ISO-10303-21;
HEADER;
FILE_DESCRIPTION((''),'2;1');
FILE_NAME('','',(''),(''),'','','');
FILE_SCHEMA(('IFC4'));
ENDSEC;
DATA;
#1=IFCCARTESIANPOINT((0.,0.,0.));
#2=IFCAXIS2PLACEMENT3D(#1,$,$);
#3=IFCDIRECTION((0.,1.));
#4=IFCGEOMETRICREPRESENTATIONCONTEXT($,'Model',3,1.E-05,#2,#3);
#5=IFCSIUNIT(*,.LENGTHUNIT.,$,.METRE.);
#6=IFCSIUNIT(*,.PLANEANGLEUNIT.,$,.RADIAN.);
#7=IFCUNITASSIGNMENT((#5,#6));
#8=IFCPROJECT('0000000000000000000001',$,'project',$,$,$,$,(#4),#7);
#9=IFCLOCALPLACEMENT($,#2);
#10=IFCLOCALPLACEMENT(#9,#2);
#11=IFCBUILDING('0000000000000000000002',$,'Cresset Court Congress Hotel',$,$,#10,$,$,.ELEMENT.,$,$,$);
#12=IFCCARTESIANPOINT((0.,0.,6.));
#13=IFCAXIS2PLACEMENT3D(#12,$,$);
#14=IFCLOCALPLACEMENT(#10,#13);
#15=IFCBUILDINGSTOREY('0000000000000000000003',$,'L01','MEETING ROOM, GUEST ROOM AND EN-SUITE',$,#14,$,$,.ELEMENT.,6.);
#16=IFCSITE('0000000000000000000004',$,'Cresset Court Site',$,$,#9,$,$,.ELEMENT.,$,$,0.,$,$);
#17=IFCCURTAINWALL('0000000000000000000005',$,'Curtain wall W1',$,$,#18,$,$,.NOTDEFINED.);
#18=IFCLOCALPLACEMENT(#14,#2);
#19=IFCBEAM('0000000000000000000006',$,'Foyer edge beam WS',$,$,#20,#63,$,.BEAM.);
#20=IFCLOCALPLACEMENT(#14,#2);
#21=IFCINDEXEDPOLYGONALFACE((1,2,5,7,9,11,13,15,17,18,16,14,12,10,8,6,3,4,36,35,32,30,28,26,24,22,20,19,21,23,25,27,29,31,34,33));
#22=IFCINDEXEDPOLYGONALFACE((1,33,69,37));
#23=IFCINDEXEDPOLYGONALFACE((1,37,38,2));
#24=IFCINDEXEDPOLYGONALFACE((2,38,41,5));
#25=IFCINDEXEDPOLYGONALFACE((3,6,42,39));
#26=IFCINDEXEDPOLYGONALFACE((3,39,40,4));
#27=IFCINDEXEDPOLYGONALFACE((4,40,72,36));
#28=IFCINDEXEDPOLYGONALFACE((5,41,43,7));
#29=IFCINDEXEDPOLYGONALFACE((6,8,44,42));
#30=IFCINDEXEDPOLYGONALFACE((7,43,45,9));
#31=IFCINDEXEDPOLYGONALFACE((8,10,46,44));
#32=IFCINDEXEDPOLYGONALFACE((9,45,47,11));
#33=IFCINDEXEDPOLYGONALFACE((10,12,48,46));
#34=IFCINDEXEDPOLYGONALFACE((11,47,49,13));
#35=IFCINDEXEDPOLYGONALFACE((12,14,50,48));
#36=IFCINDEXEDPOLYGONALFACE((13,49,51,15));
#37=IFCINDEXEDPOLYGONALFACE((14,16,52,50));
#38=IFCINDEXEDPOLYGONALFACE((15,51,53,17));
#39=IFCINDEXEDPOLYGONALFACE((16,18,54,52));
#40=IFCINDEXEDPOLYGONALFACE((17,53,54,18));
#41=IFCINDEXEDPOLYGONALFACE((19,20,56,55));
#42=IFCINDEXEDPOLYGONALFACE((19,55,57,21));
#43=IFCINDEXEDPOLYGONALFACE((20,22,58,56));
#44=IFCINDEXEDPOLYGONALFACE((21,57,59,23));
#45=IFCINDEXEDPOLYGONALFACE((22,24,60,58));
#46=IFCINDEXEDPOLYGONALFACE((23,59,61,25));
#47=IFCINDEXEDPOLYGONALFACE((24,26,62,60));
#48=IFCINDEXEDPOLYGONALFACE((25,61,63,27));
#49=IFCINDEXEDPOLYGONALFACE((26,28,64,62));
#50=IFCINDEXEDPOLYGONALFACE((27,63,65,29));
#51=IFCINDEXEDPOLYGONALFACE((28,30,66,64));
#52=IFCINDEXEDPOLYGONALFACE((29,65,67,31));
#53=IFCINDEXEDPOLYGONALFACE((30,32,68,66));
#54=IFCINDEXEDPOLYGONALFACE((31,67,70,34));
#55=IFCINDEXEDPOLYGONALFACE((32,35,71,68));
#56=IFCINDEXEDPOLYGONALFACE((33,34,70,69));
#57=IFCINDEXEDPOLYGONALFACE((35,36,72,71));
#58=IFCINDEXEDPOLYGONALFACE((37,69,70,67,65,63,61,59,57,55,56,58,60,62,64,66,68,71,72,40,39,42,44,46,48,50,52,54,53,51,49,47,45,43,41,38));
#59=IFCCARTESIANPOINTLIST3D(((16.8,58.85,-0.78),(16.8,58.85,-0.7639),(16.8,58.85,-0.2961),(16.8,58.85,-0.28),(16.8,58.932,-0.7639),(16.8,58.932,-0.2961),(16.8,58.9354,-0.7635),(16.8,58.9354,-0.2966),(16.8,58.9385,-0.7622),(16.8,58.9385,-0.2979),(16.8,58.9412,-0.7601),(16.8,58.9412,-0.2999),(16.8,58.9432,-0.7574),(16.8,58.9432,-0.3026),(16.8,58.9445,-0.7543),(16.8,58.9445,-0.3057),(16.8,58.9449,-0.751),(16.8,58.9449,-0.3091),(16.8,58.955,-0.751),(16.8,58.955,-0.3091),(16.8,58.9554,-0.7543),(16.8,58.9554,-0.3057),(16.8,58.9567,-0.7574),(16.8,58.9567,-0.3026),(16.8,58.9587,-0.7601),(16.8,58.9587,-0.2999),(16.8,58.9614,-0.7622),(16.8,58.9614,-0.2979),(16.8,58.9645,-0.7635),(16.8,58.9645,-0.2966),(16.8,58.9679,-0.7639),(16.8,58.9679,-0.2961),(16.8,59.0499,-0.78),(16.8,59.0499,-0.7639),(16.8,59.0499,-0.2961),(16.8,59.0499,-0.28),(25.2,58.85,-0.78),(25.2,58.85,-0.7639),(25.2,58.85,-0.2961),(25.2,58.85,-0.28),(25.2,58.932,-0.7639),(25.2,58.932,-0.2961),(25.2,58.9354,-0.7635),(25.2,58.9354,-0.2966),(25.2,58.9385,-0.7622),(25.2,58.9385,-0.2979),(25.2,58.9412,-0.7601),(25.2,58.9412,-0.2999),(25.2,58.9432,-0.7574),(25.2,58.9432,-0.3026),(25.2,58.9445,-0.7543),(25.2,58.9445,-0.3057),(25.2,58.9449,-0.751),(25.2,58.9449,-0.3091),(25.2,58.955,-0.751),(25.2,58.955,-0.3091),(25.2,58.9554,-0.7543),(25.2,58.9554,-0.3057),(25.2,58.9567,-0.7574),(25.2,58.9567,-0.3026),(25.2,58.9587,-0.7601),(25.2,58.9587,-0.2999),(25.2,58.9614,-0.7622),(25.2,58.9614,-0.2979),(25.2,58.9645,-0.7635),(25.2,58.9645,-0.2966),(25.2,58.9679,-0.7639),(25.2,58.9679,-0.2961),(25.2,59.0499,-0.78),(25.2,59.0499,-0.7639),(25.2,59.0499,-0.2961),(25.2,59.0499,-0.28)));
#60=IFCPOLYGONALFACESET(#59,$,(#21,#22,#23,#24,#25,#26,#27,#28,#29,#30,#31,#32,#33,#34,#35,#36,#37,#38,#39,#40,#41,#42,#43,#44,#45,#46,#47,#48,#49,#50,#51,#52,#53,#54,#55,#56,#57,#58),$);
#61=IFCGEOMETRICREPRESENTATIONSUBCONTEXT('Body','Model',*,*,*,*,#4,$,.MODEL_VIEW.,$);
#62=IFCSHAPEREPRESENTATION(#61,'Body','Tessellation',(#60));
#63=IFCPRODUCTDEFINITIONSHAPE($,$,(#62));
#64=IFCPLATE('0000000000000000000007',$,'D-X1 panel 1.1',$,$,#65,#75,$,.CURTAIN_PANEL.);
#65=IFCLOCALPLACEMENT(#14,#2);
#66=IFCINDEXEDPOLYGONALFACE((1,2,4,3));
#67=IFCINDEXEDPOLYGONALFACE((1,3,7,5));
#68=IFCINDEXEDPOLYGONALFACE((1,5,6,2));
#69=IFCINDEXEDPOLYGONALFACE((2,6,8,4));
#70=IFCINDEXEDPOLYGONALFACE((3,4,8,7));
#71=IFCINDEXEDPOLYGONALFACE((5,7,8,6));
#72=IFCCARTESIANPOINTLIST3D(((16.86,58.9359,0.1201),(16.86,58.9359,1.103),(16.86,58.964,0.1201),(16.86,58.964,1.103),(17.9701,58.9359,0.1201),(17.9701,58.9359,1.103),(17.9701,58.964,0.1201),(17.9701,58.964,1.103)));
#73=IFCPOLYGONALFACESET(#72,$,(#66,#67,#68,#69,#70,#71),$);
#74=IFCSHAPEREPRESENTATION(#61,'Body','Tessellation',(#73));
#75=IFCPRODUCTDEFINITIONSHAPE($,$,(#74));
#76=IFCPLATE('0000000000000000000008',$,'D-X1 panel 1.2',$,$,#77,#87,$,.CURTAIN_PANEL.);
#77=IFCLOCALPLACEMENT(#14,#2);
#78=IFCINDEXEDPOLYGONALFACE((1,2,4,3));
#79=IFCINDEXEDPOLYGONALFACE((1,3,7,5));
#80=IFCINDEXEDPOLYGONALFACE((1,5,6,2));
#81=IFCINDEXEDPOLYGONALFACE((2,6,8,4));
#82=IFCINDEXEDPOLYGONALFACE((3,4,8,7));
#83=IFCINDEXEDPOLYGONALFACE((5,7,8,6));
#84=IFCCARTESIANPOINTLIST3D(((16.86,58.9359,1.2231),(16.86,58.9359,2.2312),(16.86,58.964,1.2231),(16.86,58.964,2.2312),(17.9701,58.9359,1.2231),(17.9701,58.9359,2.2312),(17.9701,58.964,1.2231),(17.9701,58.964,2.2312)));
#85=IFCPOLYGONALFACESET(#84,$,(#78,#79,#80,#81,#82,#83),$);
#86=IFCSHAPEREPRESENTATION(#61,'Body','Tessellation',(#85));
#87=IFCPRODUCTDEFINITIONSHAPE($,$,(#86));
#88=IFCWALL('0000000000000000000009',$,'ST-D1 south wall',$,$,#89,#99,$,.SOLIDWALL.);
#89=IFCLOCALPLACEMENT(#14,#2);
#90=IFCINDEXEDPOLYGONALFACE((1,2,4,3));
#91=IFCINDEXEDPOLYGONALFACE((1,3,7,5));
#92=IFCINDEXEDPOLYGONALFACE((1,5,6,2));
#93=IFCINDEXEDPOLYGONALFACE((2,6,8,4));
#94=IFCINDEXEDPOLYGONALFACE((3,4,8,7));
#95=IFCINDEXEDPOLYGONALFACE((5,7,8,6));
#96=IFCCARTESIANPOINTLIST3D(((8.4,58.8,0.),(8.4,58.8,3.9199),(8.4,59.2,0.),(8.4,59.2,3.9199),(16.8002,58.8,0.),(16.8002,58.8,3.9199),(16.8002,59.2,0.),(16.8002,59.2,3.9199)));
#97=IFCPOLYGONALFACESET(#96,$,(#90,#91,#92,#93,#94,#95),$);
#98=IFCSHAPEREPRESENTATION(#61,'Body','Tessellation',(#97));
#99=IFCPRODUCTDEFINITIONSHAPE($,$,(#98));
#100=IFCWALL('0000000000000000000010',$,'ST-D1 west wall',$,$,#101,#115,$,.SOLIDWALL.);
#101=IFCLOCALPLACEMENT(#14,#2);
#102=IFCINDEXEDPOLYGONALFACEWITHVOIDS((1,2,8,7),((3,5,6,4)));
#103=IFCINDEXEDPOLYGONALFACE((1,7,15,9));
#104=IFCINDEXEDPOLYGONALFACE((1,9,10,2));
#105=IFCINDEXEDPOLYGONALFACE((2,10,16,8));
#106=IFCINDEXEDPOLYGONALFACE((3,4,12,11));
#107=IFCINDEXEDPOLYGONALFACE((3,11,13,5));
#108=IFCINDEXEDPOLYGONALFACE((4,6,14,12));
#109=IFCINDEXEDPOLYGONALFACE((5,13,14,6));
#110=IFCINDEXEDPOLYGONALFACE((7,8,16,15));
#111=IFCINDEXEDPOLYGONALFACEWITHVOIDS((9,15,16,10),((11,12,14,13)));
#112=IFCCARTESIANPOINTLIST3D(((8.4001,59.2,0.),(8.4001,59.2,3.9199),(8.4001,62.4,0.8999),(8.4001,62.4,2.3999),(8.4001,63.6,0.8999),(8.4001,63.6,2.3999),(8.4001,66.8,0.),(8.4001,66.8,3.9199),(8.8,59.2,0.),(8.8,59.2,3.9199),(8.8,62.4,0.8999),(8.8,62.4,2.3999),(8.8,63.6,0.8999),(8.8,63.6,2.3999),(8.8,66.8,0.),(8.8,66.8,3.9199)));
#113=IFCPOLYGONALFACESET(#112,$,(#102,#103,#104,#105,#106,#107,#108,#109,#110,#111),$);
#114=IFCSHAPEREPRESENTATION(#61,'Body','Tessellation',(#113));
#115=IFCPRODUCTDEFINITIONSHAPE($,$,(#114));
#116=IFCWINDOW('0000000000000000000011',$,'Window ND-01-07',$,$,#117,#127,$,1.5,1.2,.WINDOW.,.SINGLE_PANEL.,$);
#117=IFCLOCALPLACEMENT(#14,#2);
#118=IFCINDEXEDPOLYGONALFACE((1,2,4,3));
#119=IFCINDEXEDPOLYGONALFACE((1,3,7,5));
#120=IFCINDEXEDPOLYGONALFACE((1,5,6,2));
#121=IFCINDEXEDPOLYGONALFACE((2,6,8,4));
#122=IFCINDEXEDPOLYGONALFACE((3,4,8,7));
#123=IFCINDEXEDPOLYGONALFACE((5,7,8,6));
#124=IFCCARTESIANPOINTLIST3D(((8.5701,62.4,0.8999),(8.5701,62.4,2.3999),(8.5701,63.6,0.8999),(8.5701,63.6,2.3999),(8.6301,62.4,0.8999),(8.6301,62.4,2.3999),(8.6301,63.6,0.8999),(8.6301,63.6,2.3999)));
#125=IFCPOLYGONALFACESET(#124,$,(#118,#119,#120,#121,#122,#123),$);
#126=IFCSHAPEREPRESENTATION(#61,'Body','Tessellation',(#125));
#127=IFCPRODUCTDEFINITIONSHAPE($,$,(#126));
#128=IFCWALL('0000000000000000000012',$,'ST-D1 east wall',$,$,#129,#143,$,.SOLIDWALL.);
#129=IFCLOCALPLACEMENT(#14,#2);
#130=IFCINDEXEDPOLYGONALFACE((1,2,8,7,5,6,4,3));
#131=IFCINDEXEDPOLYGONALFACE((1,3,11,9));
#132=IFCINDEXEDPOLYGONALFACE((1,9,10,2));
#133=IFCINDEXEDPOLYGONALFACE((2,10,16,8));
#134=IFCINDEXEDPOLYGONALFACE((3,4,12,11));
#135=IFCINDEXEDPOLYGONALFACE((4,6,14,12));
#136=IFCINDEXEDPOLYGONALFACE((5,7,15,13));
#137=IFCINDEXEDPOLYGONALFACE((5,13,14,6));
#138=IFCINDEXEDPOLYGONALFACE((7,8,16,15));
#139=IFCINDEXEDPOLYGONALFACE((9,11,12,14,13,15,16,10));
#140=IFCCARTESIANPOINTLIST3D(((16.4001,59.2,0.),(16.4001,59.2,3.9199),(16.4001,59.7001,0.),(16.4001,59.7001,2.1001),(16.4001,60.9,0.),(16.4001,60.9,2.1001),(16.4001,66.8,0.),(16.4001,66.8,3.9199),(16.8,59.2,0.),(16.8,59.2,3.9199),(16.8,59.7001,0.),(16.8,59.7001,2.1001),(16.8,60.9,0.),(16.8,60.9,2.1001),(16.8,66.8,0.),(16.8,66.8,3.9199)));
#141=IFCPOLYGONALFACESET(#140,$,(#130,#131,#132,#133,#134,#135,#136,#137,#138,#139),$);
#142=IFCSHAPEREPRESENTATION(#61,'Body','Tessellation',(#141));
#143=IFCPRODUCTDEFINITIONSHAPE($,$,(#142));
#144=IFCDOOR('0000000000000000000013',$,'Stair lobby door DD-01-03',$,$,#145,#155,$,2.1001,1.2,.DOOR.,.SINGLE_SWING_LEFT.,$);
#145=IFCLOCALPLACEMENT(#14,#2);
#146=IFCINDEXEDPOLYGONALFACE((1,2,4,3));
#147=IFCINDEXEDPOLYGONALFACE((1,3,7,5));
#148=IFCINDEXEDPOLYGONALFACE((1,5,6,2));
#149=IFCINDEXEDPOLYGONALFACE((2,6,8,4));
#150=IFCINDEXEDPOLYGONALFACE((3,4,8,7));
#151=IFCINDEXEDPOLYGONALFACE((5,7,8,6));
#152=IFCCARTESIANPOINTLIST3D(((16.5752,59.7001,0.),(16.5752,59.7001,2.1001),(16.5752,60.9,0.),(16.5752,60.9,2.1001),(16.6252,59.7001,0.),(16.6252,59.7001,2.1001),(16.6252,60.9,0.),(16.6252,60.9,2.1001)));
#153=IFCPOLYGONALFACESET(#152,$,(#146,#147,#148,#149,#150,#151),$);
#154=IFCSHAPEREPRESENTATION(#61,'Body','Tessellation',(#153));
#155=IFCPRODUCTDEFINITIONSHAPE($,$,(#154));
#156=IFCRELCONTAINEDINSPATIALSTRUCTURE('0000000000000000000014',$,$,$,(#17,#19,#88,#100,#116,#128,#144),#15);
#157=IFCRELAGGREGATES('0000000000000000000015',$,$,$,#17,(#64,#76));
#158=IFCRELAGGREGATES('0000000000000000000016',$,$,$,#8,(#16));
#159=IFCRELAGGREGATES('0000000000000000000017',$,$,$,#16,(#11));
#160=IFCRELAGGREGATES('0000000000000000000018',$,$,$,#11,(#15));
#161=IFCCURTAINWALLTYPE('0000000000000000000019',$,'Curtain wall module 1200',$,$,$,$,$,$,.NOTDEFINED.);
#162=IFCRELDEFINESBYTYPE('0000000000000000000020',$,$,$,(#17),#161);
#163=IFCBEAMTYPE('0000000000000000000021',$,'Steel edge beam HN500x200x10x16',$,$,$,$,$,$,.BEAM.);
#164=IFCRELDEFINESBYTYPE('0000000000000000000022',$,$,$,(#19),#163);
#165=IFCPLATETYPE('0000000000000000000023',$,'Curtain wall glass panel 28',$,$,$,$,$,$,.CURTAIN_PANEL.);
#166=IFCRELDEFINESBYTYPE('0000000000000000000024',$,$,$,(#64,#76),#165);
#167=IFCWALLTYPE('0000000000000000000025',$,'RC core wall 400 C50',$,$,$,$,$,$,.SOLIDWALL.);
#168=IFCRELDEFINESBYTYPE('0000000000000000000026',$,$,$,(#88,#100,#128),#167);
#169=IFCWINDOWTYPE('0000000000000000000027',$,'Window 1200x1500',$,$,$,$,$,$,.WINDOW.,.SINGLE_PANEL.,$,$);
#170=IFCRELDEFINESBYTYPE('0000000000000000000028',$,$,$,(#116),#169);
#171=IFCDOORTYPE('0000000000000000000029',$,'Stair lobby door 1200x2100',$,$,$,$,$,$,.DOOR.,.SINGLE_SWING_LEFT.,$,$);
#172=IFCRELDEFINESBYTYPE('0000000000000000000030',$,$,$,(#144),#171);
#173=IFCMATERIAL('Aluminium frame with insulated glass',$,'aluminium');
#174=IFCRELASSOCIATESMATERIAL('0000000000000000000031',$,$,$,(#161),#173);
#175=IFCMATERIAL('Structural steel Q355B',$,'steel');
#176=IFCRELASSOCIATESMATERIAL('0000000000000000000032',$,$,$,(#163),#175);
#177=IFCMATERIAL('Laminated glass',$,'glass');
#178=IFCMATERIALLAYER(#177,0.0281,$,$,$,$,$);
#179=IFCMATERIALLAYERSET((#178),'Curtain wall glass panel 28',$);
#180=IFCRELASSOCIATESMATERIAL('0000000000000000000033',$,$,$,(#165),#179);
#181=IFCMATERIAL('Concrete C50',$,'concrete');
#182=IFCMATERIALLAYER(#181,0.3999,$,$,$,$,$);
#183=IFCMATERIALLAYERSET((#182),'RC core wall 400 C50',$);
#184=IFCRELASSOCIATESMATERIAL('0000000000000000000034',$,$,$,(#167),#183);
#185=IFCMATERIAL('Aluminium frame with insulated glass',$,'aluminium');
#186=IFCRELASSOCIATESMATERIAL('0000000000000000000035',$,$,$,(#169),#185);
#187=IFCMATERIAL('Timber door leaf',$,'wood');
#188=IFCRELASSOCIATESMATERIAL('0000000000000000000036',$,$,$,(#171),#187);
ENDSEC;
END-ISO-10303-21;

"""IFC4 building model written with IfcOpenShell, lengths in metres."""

from ifc_helpers import new_model, si_unit, direction, frame, frame_2d, origin, origin_2d, place, context, subcontext, project, spatial, rectangle, i_section, extrude, material, layer, layer_set, material_profile, profile_set, type_object, element, fill, aggregate, save


model = new_model("IFC4")

# Units and contexts
model_context = context("Model", 3, precision=1e-05, world=origin(), true_north=direction((0.0, 1.0)))
body_context = subcontext(model_context, "Body", "Model", "MODEL_VIEW")
ifc_project = project(units=[si_unit("LENGTHUNIT", "METRE"), si_unit("PLANEANGLEUNIT", "RADIAN")], contexts=[model_context])

# Site, building, storey
site_placement = place(None, origin())
site = spatial("IfcSite", under=ifc_project, at=site_placement, Name="Cresset Court Site", CompositionType="ELEMENT", RefElevation=0.0)
building_placement = place(site_placement, origin())
building = spatial("IfcBuilding", under=site, at=building_placement, Name="Cresset Court Congress Hotel", CompositionType="ELEMENT")
storey_placement = place(building_placement, frame((0.0, 0.0, 6.0)))
storey = spatial("IfcBuildingStorey", under=building, at=storey_placement, Name="L01", Description="MEETING ROOM, GUEST ROOM AND EN-SUITE", CompositionType="ELEMENT", Elevation=6.0)

# Curtain wall
ifc_material_1 = material(Name="Aluminium frame with insulated glass", Category="aluminium")
curtain_wall_type = type_object("IfcCurtainWallType", Name="Curtain wall module 1200", PredefinedType="NOTDEFINED", material=ifc_material_1)
curtain_wall_placement = place(storey_placement, origin())
curtain_wall = element("IfcCurtainWall", 1, at=curtain_wall_placement, inside=storey, type_object=curtain_wall_type, Name="Curtain wall W1", PredefinedType="NOTDEFINED")

# Beam
ifc_material_2 = material(Name="Structural steel Q355B", Category="steel")
ifc_material_profile_1 = material_profile(ifc_material_2, i_section(OverallWidth=0.2, OverallDepth=0.5, WebThickness=0.01, FlangeThickness=0.0161, FilletRadius=0.0129, at=origin_2d()), Name="HN500x200x10x16")
ifc_profile_set_1 = profile_set([ifc_material_profile_1], Name="Structural steel Q355B")
beam_type_1 = type_object("IfcBeamType", Name="Steel edge beam HN500x200x10x16", PredefinedType="BEAM", material=ifc_profile_set_1)
beam_1_placement = place(storey_placement, frame((16.8, 58.95, -0.53), z_axis=(1.0, 0.0, 0.0), x_axis=(0.0, 1.0, 0.0)))
element("IfcBeam", 2, at=beam_1_placement, inside=storey, type_object=beam_type_1, Name="Foyer edge beam WS", PredefinedType="BEAM", context=body_context, shape_type="SweptSolid", body=[
    extrude(i_section(OverallWidth=0.2, OverallDepth=0.5, WebThickness=0.01, FlangeThickness=0.0161, FilletRadius=0.0129, at=origin_2d()), origin(), (0.0, 0.0, 1.0), 8.3999),
])

# Plates
ifc_material_3 = material(Name="Laminated glass", Category="glass")
ifc_layer_1 = layer(ifc_material_3, 0.0281)
ifc_layer_set_1 = layer_set([ifc_layer_1], Name="Curtain wall glass panel 28")
plate_type = type_object("IfcPlateType", Name="Curtain wall glass panel 28", PredefinedType="CURTAIN_PANEL", material=ifc_layer_set_1)
plate_1_placement = place(storey_placement, frame((17.415, 58.95, 0.1201), z_axis=(0.0, 0.0, 1.0), x_axis=(1.0, 0.0, 0.0)))
plate_1 = element("IfcPlate", 3, at=plate_1_placement, type_object=plate_type, Name="D-X1 panel 1.1", PredefinedType="CURTAIN_PANEL", context=body_context, shape_type="SweptSolid", body=[
    extrude(rectangle(XDim=1.1101, YDim=0.0281, at=origin_2d()), origin(), (0.0, 0.0, 1.0), 0.9829),
])
plate_2_placement = place(storey_placement, frame((17.415, 58.95, 1.2231), z_axis=(0.0, 0.0, 1.0), x_axis=(1.0, 0.0, 0.0)))
plate_2 = element("IfcPlate", 4, at=plate_2_placement, type_object=plate_type, Name="D-X1 panel 1.2", PredefinedType="CURTAIN_PANEL", context=body_context, shape_type="SweptSolid", body=[
    extrude(rectangle(XDim=1.1101, YDim=0.0281, at=origin_2d()), origin(), (0.0, 0.0, 1.0), 1.0081),
])
aggregate(curtain_wall, [plate_1, plate_2])

# Wall
ifc_material_4 = material(Name="Concrete C50", Category="concrete")
ifc_layer_2 = layer(ifc_material_4, 0.3999)
ifc_layer_set_2 = layer_set([ifc_layer_2], Name="RC core wall 400 C50")
wall_type_1 = type_object("IfcWallType", Name="RC core wall 400 C50", PredefinedType="SOLIDWALL", material=ifc_layer_set_2)
wall_1_placement = place(storey_placement, frame((8.3999, 59.0, 0.0), z_axis=(0.0, 0.0, 1.0), x_axis=(1.0, 0.0, 0.0)))
element("IfcWall", 5, at=wall_1_placement, inside=storey, type_object=wall_type_1, Name="ST-D1 south wall", PredefinedType="SOLIDWALL", context=body_context, shape_type="SweptSolid", body=[
    extrude(rectangle(XDim=8.4001, YDim=0.3999, at=frame_2d((4.2002, 0.0))), origin(), (0.0, 0.0, 1.0), 3.9199),
])

# Wall, opening, window
wall_2_placement = place(storey_placement, frame((8.6001, 59.2, 0.0), z_axis=(0.0, 0.0, 1.0), x_axis=(0.0, 1.0, 0.0)))
wall_2 = element("IfcWall", 6, at=wall_2_placement, inside=storey, type_object=wall_type_1, Name="ST-D1 west wall", PredefinedType="SOLIDWALL", context=body_context, shape_type="SweptSolid", body=[
    extrude(rectangle(XDim=7.6001, YDim=0.3999, at=frame_2d((3.8, 0.0))), origin(), (0.0, 0.0, 1.0), 3.9199),
])
opening_1_placement = place(wall_2_placement, frame((3.2, 0.0, 0.8999)))
opening_1 = element("IfcOpeningElement", 7, at=opening_1_placement, cuts=wall_2, PredefinedType="OPENING", context=body_context, shape_type="SweptSolid", body=[
    extrude(rectangle(XDim=1.2, YDim=1.5, at=frame_2d((0.6001, 0.75))), frame((0.0, 0.21, 0.0), z_axis=(0.0, -1.0, 0.0), x_axis=(1.0, 0.0, 0.0)), (0.0, 0.0, 1.0), 0.4199),
])
ifc_material_5 = material(Name="Aluminium frame with insulated glass", Category="aluminium")
window_type = type_object("IfcWindowType", Name="Window 1200x1500", PartitioningType="SINGLE_PANEL", PredefinedType="WINDOW", material=ifc_material_5)
window_placement = place(opening_1_placement, origin())
window = element("IfcWindow", 8, at=window_placement, inside=storey, type_object=window_type, Name="Window ND-01-07", OverallHeight=1.5, OverallWidth=1.2, PartitioningType="SINGLE_PANEL", PredefinedType="WINDOW", context=body_context, shape_type="SweptSolid", body=[
    extrude(rectangle(XDim=1.2, YDim=1.5, at=frame_2d((0.6001, 0.75))), frame((0.0, 0.03, 0.0), z_axis=(0.0, -1.0, 0.0), x_axis=(1.0, 0.0, 0.0)), (0.0, 0.0, 1.0), 0.0601),
])
fill(opening_1, window)

# Wall, opening, door
wall_3_placement = place(storey_placement, frame((16.6001, 59.2, 0.0), z_axis=(0.0, 0.0, 1.0), x_axis=(0.0, 1.0, 0.0)))
wall_3 = element("IfcWall", 9, at=wall_3_placement, inside=storey, type_object=wall_type_1, Name="ST-D1 east wall", PredefinedType="SOLIDWALL", context=body_context, shape_type="SweptSolid", body=[
    extrude(rectangle(XDim=7.6001, YDim=0.3999, at=frame_2d((3.8, 0.0))), origin(), (0.0, 0.0, 1.0), 3.9199),
])
opening_2_placement = place(wall_3_placement, frame((0.5, 0.0, 0.0)))
opening_2 = element("IfcOpeningElement", 10, at=opening_2_placement, cuts=wall_3, PredefinedType="OPENING", context=body_context, shape_type="SweptSolid", body=[
    extrude(rectangle(XDim=1.2, YDim=2.1001, at=frame_2d((0.6001, 1.05))), frame((0.0, 0.21, 0.0), z_axis=(0.0, -1.0, 0.0), x_axis=(1.0, 0.0, 0.0)), (0.0, 0.0, 1.0), 0.4199),
])
ifc_material_6 = material(Name="Timber door leaf", Category="wood")
door_type_1 = type_object("IfcDoorType", Name="Stair lobby door 1200x2100", OperationType="SINGLE_SWING_LEFT", PredefinedType="DOOR", material=ifc_material_6)
door_1_placement = place(opening_2_placement, origin())
door_1 = element("IfcDoor", 11, at=door_1_placement, inside=storey, type_object=door_type_1, Name="Stair lobby door DD-01-03", OperationType="SINGLE_SWING_LEFT", OverallHeight=2.1001, OverallWidth=1.2, PredefinedType="DOOR", context=body_context, shape_type="SweptSolid", body=[
    extrude(rectangle(XDim=1.2, YDim=2.1001, at=frame_2d((0.6001, 1.05))), frame((0.0, 0.0249, 0.0), z_axis=(0.0, -1.0, 0.0), x_axis=(1.0, 0.0, 0.0)), (0.0, 0.0, 1.0), 0.05),
])
fill(opening_2, door_1)

save(model, "model.ifc")
